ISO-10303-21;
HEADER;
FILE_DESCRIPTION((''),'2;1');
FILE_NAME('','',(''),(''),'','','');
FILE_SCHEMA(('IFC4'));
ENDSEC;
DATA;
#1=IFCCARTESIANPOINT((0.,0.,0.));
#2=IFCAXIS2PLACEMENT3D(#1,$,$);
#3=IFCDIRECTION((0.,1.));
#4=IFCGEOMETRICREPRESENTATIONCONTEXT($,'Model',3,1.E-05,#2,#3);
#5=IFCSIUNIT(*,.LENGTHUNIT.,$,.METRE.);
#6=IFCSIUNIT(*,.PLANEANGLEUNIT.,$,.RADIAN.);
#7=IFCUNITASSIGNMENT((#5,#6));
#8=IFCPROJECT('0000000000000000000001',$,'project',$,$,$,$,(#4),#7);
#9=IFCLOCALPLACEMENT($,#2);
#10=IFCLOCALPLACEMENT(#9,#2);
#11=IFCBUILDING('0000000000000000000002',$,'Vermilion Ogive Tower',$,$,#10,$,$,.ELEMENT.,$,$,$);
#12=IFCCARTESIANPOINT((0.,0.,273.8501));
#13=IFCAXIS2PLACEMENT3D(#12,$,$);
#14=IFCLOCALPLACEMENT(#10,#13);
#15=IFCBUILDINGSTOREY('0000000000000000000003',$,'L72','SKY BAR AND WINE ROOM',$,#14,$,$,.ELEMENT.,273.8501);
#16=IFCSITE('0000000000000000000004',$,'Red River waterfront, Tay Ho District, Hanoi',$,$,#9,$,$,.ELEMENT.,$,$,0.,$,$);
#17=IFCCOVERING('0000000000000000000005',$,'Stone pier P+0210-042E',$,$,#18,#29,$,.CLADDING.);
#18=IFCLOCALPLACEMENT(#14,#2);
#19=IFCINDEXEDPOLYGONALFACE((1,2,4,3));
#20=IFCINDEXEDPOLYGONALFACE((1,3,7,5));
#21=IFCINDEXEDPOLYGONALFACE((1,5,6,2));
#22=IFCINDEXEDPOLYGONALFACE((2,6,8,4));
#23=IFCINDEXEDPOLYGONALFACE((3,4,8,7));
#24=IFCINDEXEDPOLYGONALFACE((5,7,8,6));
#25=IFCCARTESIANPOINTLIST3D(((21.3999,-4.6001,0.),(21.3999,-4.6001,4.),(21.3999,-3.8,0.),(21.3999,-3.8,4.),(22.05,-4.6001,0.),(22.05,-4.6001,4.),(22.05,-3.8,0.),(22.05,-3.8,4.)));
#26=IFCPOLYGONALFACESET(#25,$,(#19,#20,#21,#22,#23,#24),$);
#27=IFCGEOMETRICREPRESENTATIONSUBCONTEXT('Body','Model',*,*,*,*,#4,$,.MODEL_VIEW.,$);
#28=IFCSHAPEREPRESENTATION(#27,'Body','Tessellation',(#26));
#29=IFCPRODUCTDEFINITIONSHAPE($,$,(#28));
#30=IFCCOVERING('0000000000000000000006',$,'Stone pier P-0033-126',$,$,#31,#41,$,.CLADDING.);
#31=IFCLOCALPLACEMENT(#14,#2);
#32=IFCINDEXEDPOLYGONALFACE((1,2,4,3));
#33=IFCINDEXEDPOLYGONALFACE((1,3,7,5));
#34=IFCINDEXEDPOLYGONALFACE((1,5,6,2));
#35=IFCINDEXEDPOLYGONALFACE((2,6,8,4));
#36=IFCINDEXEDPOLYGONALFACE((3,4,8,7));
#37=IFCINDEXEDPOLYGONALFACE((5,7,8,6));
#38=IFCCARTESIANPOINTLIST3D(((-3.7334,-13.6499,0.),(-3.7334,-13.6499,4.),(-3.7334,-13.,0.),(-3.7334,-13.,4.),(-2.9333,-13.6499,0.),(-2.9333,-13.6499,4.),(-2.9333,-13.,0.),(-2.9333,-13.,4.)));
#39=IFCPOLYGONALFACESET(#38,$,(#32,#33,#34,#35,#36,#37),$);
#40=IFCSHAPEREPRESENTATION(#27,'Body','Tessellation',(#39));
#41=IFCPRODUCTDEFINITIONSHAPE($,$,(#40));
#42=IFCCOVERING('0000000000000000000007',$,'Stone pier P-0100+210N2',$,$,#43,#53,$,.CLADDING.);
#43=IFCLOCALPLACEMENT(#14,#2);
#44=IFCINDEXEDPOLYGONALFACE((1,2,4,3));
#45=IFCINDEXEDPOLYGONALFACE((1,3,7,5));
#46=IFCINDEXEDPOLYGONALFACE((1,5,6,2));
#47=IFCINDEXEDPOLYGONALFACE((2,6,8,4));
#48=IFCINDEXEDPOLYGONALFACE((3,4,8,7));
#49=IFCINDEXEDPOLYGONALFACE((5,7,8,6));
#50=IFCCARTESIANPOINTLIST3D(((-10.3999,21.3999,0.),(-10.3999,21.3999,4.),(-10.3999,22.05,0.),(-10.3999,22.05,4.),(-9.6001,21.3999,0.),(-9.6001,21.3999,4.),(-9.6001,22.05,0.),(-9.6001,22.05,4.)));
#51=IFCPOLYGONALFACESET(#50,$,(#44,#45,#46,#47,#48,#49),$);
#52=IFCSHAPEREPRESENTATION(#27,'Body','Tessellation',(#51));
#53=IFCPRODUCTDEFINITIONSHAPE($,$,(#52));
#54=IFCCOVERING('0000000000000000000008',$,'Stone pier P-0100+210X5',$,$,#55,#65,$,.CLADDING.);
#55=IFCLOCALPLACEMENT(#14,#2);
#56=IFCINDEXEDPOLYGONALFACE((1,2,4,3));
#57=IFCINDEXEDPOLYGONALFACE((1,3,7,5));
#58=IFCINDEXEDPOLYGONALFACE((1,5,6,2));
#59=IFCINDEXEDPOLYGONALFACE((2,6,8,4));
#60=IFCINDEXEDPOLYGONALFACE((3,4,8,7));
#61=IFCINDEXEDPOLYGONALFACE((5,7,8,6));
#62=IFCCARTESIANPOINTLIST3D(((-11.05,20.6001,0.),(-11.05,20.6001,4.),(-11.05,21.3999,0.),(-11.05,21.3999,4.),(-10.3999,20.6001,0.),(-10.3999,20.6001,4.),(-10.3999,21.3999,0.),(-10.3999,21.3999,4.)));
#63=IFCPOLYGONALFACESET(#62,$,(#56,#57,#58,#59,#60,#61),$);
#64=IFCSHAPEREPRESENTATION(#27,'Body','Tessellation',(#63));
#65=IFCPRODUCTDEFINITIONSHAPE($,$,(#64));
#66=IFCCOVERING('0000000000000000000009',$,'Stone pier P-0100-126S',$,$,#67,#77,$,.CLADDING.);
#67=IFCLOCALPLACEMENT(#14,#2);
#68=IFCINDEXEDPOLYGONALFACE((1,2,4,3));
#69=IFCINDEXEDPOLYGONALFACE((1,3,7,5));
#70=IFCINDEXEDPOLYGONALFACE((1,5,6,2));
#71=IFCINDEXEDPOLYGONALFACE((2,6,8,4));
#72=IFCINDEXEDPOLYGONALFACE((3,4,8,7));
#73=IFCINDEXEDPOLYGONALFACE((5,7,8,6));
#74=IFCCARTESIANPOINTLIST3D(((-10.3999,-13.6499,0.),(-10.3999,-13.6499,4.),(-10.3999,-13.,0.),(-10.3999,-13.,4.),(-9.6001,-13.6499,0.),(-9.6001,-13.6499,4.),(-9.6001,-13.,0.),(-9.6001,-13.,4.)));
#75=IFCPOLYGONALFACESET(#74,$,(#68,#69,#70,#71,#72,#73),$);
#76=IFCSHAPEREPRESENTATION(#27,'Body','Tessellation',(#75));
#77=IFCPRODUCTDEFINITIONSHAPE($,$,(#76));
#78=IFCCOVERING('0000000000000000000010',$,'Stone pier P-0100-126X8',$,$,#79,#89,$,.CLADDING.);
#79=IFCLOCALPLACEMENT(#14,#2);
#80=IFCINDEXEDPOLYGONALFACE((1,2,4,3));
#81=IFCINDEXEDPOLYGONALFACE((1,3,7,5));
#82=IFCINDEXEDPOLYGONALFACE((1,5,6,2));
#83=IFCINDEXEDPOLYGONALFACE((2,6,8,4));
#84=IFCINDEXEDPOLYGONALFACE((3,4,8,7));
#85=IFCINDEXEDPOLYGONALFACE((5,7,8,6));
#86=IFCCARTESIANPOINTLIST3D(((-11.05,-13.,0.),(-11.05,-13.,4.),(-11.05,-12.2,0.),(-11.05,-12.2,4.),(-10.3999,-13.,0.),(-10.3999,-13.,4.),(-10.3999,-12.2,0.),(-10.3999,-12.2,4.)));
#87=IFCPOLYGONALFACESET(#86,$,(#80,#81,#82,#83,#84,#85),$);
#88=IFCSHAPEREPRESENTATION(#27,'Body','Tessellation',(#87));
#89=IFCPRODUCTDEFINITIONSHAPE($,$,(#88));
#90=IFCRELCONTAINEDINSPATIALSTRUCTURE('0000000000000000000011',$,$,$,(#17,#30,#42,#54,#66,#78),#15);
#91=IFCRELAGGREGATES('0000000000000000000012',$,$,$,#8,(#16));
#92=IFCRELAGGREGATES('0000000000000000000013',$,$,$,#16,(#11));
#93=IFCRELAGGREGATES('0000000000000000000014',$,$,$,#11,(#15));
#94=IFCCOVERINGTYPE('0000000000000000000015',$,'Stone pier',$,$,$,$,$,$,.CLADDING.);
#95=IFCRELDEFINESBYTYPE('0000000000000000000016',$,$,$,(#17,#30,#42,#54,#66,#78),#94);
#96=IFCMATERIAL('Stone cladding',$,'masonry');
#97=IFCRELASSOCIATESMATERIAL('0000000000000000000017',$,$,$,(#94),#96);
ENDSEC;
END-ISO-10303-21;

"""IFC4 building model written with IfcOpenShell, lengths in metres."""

from ifc_helpers import new_model, si_unit, direction, frame, origin, place, context, subcontext, project, spatial, polyline, outline, extrude, material, type_object, element, save


model = new_model("IFC4")

# Units and contexts
model_context = context("Model", 3, precision=1e-05, world=origin(), true_north=direction((0.0, 1.0)))
body_context = subcontext(model_context, "Body", "Model", "MODEL_VIEW")
ifc_project = project(units=[si_unit("LENGTHUNIT", "METRE"), si_unit("PLANEANGLEUNIT", "RADIAN")], contexts=[model_context])

# Site, building, storey
site_placement = place(None, origin())
site = spatial("IfcSite", under=ifc_project, at=site_placement, Name="Red River waterfront, Tay Ho District, Hanoi", CompositionType="ELEMENT", RefElevation=0.0)
building_placement = place(site_placement, origin())
building = spatial("IfcBuilding", under=site, at=building_placement, Name="Vermilion Ogive Tower", CompositionType="ELEMENT")
storey_placement = place(building_placement, frame((0.0, 0.0, 273.8501)))
storey = spatial("IfcBuildingStorey", under=building, at=storey_placement, Name="L72", Description="SKY BAR AND WINE ROOM", CompositionType="ELEMENT", Elevation=273.8501)

# Coverings
ifc_material_1 = material(Name="Stone cladding", Category="masonry")
covering_type = type_object("IfcCoveringType", Name="Stone pier", PredefinedType="CLADDING", material=ifc_material_1)
covering_1_placement = place(storey_placement, origin())
element("IfcCovering", 1, at=covering_1_placement, inside=storey, type_object=covering_type, Name="Stone pier P+0210-042E", PredefinedType="CLADDING", context=body_context, shape_type="SweptSolid", body=[
    extrude(outline(polyline([(22.05, -4.6001), (21.3999, -4.6001), (21.3999, -3.8), (22.05, -3.8), (22.05, -4.6001)])), origin(), (0.0, 0.0, 1.0), 4.0),
])
covering_2_placement = place(storey_placement, origin())
element("IfcCovering", 2, at=covering_2_placement, inside=storey, type_object=covering_type, Name="Stone pier P-0033-126", PredefinedType="CLADDING", context=body_context, shape_type="SweptSolid", body=[
    extrude(outline(polyline([(-2.9333, -13.0), (-2.9333, -13.6499), (-3.7334, -13.6499), (-3.7334, -13.0), (-2.9333, -13.0), (-2.9333, -13.0)])), origin(), (0.0, 0.0, 1.0), 4.0),
])
covering_3_placement = place(storey_placement, origin())
element("IfcCovering", 3, at=covering_3_placement, inside=storey, type_object=covering_type, Name="Stone pier P-0100+210N2", PredefinedType="CLADDING", context=body_context, shape_type="SweptSolid", body=[
    extrude(outline(polyline([(-10.3999, 22.05), (-9.6001, 22.05), (-9.6001, 21.3999), (-10.3999, 21.3999), (-10.3999, 22.05)])), origin(), (0.0, 0.0, 1.0), 4.0),
])
covering_4_placement = place(storey_placement, origin())
element("IfcCovering", 4, at=covering_4_placement, inside=storey, type_object=covering_type, Name="Stone pier P-0100+210X5", PredefinedType="CLADDING", context=body_context, shape_type="SweptSolid", body=[
    extrude(outline(polyline([(-11.05, 21.3999), (-10.3999, 21.3999), (-10.3999, 20.6001), (-11.05, 20.6001), (-11.05, 21.3999)])), origin(), (0.0, 0.0, 1.0), 4.0),
])
covering_5_placement = place(storey_placement, origin())
element("IfcCovering", 5, at=covering_5_placement, inside=storey, type_object=covering_type, Name="Stone pier P-0100-126S", PredefinedType="CLADDING", context=body_context, shape_type="SweptSolid", body=[
    extrude(outline(polyline([(-9.6001, -13.6499), (-10.3999, -13.6499), (-10.3999, -13.0), (-9.6001, -13.0), (-9.6001, -13.6499)])), origin(), (0.0, 0.0, 1.0), 4.0),
])
covering_6_placement = place(storey_placement, origin())
element("IfcCovering", 6, at=covering_6_placement, inside=storey, type_object=covering_type, Name="Stone pier P-0100-126X8", PredefinedType="CLADDING", context=body_context, shape_type="SweptSolid", body=[
    extrude(outline(polyline([(-11.05, -13.0), (-11.05, -12.2), (-10.3999, -12.2), (-10.3999, -12.2), (-10.3999, -13.0), (-11.05, -13.0)])), origin(), (0.0, 0.0, 1.0), 4.0),
])

save(model, "model.ifc")
